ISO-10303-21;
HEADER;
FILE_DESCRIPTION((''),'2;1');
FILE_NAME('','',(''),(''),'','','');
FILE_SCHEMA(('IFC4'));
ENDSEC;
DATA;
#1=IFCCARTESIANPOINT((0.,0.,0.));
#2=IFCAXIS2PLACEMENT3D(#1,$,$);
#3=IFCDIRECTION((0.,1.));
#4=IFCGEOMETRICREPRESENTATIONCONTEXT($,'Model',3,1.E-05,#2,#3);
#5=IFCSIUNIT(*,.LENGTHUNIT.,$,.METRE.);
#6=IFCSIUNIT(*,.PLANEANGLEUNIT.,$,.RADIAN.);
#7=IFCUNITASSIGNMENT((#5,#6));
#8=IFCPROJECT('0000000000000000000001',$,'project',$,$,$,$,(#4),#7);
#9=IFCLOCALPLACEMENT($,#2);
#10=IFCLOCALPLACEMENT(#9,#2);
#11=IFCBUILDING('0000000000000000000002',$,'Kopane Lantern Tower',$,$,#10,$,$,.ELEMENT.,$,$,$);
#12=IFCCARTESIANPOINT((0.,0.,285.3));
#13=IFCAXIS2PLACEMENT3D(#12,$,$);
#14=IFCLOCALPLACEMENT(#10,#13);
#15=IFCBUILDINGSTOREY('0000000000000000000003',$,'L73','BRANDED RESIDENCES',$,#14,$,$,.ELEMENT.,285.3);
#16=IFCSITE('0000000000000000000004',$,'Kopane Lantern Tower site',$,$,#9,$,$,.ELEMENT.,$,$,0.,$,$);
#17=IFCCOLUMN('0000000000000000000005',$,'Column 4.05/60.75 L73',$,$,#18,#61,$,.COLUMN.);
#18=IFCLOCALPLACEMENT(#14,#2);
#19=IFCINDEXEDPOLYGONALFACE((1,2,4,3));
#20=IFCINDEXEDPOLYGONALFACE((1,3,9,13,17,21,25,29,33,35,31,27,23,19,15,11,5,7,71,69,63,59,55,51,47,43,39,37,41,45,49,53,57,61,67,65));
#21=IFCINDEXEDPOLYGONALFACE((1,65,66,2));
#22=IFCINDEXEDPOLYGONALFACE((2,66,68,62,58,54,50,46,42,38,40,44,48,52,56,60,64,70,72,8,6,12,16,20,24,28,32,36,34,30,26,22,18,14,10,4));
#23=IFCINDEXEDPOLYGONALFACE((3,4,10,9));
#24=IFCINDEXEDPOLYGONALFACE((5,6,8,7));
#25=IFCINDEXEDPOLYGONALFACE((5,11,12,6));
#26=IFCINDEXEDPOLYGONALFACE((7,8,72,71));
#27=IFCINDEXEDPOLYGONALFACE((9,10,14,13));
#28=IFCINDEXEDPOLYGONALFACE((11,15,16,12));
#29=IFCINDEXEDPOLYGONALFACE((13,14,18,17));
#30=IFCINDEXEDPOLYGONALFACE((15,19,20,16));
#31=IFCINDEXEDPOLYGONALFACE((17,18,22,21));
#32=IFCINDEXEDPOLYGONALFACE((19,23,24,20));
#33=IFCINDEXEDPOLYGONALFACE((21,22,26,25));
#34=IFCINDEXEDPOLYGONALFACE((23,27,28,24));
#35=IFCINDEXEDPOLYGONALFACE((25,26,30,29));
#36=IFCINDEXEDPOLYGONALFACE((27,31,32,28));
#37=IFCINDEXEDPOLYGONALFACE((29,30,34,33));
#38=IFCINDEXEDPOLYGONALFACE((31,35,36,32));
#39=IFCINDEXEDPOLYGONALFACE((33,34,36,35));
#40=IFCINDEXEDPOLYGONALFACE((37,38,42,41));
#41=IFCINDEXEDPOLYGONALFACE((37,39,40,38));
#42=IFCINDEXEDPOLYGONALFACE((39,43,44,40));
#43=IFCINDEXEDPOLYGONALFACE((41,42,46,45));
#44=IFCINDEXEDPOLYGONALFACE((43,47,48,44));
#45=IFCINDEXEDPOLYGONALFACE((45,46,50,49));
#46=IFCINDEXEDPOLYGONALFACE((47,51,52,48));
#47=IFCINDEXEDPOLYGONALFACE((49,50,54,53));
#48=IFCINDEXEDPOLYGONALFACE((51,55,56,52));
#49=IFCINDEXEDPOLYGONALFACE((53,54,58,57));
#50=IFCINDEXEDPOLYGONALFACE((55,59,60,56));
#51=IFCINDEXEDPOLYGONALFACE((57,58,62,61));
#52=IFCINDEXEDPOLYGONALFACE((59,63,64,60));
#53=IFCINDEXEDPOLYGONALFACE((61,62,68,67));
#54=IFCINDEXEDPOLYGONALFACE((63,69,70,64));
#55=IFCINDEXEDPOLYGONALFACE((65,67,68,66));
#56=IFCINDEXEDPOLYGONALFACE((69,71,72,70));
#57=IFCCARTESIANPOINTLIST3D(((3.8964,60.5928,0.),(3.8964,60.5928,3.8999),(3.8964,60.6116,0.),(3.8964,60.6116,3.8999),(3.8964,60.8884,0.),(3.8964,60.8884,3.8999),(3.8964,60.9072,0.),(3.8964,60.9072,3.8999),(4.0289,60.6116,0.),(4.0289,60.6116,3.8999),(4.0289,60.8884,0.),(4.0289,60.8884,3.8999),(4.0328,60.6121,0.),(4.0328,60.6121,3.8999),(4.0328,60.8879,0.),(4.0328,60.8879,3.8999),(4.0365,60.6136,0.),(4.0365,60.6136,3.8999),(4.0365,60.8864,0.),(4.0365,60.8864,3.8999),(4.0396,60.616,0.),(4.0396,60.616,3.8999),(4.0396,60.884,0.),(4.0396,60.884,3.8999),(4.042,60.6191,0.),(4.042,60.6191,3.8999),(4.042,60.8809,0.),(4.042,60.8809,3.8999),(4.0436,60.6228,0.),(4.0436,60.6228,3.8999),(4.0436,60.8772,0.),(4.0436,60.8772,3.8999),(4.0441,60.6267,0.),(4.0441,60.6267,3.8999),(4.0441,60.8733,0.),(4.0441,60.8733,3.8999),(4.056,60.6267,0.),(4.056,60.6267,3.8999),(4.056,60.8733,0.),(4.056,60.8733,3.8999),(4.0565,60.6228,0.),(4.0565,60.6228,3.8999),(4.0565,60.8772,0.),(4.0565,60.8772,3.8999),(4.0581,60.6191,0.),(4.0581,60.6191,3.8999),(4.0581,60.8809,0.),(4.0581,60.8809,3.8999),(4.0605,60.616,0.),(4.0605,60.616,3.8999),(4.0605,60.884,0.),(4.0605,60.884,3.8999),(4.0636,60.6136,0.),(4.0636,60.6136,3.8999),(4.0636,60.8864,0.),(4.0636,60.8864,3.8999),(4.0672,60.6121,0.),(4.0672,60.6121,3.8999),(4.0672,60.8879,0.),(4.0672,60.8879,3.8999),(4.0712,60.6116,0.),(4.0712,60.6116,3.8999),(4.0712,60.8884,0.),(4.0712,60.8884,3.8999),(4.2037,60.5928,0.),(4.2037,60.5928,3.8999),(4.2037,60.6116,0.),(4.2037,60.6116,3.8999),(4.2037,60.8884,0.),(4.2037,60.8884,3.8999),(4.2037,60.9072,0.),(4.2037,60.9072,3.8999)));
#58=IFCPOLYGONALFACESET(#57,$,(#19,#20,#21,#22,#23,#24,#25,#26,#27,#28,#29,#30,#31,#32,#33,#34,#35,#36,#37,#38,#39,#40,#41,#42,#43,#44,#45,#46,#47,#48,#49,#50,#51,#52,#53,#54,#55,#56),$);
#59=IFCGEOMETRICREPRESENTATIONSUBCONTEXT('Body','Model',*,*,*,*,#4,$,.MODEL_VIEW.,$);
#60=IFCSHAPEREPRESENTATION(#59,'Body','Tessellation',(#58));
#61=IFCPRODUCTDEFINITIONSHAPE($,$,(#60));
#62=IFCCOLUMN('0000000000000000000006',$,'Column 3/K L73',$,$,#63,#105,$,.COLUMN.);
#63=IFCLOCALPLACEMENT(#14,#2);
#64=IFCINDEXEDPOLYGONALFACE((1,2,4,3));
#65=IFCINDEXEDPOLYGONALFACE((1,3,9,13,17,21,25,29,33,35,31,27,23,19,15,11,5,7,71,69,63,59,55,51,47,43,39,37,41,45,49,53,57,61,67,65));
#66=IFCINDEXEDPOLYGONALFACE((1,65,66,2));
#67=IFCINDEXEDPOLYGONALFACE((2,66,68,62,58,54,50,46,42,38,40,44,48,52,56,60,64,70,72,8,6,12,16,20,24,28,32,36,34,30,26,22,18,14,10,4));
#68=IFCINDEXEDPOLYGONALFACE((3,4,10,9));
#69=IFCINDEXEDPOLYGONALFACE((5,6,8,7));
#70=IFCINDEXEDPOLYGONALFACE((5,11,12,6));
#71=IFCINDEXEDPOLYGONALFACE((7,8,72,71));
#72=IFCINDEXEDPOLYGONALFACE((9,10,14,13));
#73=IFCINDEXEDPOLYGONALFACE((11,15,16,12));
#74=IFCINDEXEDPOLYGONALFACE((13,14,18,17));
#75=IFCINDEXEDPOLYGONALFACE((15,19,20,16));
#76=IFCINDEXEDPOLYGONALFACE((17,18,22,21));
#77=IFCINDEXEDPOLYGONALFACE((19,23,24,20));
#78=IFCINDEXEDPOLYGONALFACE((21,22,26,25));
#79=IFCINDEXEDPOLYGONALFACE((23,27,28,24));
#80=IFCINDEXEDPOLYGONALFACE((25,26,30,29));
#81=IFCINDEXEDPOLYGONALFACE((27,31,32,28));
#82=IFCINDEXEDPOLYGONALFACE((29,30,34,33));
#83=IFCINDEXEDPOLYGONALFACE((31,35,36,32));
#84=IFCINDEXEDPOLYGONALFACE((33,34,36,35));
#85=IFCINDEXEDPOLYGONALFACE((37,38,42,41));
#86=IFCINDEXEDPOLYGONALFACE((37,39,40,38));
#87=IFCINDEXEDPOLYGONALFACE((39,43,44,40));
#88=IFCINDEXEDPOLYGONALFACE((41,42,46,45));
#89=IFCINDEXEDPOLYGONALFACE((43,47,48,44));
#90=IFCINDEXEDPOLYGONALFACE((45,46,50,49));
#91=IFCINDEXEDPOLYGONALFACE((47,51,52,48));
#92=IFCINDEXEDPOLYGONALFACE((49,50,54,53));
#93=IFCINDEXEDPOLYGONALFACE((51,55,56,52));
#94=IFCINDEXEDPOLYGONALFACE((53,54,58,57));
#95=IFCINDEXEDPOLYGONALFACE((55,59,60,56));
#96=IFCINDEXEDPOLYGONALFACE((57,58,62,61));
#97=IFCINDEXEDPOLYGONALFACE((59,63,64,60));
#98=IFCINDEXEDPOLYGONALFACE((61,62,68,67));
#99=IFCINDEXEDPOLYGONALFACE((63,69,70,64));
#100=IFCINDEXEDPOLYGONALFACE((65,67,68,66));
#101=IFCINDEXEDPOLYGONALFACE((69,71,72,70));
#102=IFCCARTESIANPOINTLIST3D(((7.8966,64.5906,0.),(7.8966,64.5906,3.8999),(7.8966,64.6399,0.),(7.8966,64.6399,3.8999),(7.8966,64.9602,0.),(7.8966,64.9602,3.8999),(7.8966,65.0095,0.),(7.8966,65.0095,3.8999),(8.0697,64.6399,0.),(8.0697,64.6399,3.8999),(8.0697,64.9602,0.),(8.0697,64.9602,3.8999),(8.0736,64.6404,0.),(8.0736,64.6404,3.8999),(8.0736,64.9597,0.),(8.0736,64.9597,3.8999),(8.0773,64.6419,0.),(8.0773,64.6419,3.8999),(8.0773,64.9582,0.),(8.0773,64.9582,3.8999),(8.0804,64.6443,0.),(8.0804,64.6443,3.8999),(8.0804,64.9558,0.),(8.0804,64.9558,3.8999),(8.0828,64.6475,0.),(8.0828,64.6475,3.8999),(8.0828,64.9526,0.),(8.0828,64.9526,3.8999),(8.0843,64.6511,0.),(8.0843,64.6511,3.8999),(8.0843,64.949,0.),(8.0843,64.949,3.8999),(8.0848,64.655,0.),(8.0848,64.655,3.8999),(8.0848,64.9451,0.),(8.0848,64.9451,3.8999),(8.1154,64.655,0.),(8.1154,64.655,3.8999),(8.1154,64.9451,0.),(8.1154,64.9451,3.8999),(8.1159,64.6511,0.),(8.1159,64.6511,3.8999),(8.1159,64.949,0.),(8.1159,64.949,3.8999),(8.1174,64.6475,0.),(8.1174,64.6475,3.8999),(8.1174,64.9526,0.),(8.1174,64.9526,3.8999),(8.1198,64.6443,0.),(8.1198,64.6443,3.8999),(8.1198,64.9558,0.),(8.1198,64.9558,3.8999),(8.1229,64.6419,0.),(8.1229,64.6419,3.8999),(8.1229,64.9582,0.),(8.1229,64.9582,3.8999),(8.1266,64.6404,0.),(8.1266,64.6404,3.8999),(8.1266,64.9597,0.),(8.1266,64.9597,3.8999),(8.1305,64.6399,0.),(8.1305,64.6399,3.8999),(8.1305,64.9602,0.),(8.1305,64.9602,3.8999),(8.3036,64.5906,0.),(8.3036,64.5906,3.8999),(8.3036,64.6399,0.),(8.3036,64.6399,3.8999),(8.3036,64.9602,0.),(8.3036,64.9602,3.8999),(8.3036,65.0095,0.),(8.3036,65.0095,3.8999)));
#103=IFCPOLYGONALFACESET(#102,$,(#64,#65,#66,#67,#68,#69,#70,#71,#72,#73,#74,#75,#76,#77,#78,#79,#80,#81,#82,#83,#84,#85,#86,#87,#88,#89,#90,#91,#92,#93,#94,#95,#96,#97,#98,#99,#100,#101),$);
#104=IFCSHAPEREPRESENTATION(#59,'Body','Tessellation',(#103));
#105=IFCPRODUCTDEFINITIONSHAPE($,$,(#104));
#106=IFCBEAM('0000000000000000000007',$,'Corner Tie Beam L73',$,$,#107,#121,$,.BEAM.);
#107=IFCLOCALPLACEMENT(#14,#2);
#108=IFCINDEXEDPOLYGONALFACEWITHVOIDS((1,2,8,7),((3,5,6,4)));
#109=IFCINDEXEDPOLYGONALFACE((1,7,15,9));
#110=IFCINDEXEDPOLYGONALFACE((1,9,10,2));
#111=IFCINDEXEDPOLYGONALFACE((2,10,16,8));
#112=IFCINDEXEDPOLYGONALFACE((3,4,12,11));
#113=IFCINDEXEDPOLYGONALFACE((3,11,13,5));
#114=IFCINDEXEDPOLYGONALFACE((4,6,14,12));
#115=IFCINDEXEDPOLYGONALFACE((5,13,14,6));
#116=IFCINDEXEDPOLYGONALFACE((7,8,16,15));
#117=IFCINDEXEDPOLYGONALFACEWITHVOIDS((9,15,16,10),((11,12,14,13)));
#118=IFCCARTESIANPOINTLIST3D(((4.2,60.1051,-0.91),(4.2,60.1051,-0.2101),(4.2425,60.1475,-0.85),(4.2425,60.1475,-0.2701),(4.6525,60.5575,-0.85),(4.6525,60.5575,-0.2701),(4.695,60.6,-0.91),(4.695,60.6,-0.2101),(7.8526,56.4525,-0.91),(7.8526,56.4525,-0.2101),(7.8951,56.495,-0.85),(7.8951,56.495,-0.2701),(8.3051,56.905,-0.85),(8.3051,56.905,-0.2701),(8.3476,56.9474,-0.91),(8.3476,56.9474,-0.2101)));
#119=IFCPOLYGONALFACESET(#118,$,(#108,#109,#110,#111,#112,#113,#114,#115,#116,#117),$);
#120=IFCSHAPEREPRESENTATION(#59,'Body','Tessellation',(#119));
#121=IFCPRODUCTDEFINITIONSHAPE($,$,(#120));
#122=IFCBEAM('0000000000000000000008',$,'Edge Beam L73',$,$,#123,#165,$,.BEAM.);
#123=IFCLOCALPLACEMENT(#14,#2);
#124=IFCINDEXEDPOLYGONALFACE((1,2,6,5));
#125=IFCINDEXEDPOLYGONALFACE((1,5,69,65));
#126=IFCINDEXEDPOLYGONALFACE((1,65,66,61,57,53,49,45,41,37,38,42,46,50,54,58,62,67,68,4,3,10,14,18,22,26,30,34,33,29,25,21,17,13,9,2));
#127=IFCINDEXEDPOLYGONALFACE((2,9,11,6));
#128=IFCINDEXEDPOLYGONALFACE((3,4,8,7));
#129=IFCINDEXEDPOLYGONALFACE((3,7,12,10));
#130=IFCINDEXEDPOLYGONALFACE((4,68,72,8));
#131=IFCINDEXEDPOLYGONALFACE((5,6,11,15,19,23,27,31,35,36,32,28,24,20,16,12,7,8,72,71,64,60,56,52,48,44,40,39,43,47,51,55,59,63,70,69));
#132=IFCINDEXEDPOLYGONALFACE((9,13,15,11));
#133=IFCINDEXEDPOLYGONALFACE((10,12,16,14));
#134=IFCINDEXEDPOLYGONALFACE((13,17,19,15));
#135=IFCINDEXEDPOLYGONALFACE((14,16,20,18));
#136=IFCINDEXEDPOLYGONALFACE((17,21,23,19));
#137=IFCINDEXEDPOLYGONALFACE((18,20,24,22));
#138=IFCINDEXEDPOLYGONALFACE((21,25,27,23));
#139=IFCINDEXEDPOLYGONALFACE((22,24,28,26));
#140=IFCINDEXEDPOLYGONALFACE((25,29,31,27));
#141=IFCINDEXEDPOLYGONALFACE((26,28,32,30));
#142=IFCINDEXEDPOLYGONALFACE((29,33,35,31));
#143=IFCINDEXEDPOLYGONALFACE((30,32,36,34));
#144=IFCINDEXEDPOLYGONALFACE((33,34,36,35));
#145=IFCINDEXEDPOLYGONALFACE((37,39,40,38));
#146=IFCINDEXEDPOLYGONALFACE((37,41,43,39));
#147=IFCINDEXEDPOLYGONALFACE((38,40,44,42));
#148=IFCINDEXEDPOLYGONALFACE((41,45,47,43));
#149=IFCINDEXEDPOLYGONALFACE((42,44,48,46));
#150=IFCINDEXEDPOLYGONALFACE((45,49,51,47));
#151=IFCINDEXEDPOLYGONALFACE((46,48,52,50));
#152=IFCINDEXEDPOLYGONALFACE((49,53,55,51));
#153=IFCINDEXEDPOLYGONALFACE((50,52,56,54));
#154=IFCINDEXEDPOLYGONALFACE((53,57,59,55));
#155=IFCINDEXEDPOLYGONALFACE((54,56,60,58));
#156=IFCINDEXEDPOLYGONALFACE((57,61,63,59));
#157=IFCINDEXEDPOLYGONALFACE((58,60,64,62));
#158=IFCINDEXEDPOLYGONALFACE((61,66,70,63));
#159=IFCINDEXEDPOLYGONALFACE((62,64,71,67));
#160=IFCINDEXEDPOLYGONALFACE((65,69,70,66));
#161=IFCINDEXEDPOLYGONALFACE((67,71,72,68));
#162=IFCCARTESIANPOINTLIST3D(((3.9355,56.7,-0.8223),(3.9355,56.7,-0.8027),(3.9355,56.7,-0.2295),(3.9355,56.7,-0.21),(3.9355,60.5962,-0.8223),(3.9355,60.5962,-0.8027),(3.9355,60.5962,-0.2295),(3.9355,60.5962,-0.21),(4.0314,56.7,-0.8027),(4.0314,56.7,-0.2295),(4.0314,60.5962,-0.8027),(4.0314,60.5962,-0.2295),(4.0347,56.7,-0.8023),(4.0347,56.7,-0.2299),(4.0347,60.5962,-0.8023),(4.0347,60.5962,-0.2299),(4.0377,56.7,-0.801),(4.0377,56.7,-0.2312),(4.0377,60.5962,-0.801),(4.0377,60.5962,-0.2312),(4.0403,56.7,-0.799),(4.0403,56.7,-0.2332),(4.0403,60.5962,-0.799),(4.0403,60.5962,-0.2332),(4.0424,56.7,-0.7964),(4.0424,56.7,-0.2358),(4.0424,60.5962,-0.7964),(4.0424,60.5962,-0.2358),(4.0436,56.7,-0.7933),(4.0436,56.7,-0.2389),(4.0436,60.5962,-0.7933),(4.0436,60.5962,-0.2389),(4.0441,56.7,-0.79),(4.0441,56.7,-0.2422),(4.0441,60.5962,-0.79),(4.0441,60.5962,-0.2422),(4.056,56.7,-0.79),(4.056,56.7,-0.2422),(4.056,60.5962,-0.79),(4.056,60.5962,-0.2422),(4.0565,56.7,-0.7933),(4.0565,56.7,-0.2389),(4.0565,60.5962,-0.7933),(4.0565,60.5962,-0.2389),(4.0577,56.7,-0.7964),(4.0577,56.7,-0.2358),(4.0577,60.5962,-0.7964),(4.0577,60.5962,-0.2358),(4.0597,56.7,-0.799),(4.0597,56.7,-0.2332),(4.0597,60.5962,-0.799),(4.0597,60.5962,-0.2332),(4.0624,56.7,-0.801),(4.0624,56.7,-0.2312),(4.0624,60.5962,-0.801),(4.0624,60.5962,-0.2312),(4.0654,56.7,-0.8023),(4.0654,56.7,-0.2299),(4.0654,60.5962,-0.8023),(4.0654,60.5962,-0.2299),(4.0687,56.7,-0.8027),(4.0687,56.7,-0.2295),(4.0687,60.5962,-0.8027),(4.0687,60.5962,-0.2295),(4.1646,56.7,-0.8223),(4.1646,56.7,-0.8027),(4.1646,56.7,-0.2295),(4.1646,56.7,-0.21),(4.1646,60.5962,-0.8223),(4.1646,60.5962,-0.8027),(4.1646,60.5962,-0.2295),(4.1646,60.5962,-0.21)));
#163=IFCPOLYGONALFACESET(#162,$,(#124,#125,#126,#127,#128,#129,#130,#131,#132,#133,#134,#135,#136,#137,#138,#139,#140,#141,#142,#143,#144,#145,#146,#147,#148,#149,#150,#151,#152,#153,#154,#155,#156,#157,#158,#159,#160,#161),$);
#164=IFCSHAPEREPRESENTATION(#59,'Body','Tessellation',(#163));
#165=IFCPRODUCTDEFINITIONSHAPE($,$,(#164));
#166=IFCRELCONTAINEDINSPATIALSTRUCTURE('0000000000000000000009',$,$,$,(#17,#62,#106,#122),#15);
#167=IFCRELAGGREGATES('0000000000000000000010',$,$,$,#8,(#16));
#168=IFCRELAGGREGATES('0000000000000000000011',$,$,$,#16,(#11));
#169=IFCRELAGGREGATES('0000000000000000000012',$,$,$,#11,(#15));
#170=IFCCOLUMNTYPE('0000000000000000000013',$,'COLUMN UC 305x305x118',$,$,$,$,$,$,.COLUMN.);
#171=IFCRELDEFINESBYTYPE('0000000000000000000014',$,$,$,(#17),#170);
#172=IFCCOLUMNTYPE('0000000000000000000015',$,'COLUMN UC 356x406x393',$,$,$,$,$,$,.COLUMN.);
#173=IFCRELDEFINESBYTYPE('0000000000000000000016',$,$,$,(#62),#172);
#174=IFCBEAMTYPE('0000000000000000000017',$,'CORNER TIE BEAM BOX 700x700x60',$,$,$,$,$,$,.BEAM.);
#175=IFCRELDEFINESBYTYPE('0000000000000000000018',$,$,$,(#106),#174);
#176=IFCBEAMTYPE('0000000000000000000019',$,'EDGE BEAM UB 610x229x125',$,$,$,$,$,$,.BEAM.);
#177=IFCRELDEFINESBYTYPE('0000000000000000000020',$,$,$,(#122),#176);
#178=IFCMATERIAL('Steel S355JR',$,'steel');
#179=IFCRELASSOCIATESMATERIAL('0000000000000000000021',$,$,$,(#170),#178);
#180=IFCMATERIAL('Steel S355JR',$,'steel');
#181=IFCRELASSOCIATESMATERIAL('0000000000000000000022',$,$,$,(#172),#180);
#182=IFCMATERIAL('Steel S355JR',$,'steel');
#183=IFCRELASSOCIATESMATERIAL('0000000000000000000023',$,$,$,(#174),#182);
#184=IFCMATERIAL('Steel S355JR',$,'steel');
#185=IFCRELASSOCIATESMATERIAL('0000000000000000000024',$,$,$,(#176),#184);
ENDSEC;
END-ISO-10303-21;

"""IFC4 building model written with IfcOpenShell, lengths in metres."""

from ifc_helpers import new_model, si_unit, direction, frame, origin, origin_2d, place, context, subcontext, project, spatial, hollow_rectangle, i_section, extrude, material, material_profile, profile_set, type_object, element, save


model = new_model("IFC4")

# Units and contexts
model_context = context("Model", 3, precision=1e-05, world=origin(), true_north=direction((0.0, 1.0)))
body_context = subcontext(model_context, "Body", "Model", "MODEL_VIEW")
ifc_project = project(units=[si_unit("LENGTHUNIT", "METRE"), si_unit("PLANEANGLEUNIT", "RADIAN")], contexts=[model_context])

# Site, building, storey
site_placement = place(None, origin())
site = spatial("IfcSite", under=ifc_project, at=site_placement, Name="Kopane Lantern Tower site", CompositionType="ELEMENT", RefElevation=0.0)
building_placement = place(site_placement, origin())
building = spatial("IfcBuilding", under=site, at=building_placement, Name="Kopane Lantern Tower", CompositionType="ELEMENT")
storey_placement = place(building_placement, frame((0.0, 0.0, 285.3)))
storey = spatial("IfcBuildingStorey", under=building, at=storey_placement, Name="L73", Description="BRANDED RESIDENCES", CompositionType="ELEMENT", Elevation=285.3)

# Columns
ifc_material_1 = material(Name="Steel S355JR", Category="steel")
ifc_material_profile_1 = material_profile(ifc_material_1, i_section(OverallWidth=0.3074, OverallDepth=0.3145, WebThickness=0.012, FlangeThickness=0.0188, FilletRadius=0.0151, at=origin_2d()), Name="UC 305x305x118")
ifc_profile_set_1 = profile_set([ifc_material_profile_1], Name="Steel S355JR")
column_type_1 = type_object("IfcColumnType", Name="COLUMN UC 305x305x118", PredefinedType="COLUMN", material=ifc_profile_set_1)
column_1_placement = place(storey_placement, frame((4.05, 60.75, 0.0), z_axis=(0.0, 0.0, 1.0), x_axis=(1.0, 0.0, 0.0)))
element("IfcColumn", 1, at=column_1_placement, inside=storey, type_object=column_type_1, Name="Column 4.05/60.75 L73", PredefinedType="COLUMN", context=body_context, shape_type="SweptSolid", body=[
    extrude(i_section(OverallWidth=0.3074, OverallDepth=0.3145, WebThickness=0.012, FlangeThickness=0.0188, FilletRadius=0.0151, at=origin_2d()), origin(), (0.0, 0.0, 1.0), 3.8999),
])
ifc_material_2 = material(Name="Steel S355JR", Category="steel")
ifc_material_profile_2 = material_profile(ifc_material_2, i_section(OverallWidth=0.407, OverallDepth=0.4189, WebThickness=0.0305, FlangeThickness=0.0493, FilletRadius=0.0151, at=origin_2d()), Name="UC 356x406x393")
ifc_profile_set_2 = profile_set([ifc_material_profile_2], Name="Steel S355JR")
column_type_2 = type_object("IfcColumnType", Name="COLUMN UC 356x406x393", PredefinedType="COLUMN", material=ifc_profile_set_2)
column_2_placement = place(storey_placement, frame((8.1001, 64.8, 0.0), z_axis=(0.0, 0.0, 1.0), x_axis=(1.0, 0.0, 0.0)))
element("IfcColumn", 2, at=column_2_placement, inside=storey, type_object=column_type_2, Name="Column 3/K L73", PredefinedType="COLUMN", context=body_context, shape_type="SweptSolid", body=[
    extrude(i_section(OverallWidth=0.407, OverallDepth=0.4189, WebThickness=0.0305, FlangeThickness=0.0493, FilletRadius=0.0151, at=origin_2d()), origin(), (0.0, 0.0, 1.0), 3.8999),
])

# Beams
ifc_material_3 = material(Name="Steel S355JR", Category="steel")
ifc_material_profile_3 = material_profile(ifc_material_3, hollow_rectangle(XDim=0.7, YDim=0.7, WallThickness=0.0601, at=origin_2d()), Name="BOX 700x700x60")
ifc_profile_set_3 = profile_set([ifc_material_profile_3], Name="Steel S355JR")
beam_type_1 = type_object("IfcBeamType", Name="CORNER TIE BEAM BOX 700x700x60", PredefinedType="BEAM", material=ifc_profile_set_3)
beam_1_placement = place(storey_placement, frame((4.4475, 60.3525, -0.5601), z_axis=(0.707107, -0.707107, 0.0), x_axis=(0.707107, 0.707107, 0.0)))
element("IfcBeam", 3, at=beam_1_placement, inside=storey, type_object=beam_type_1, Name="Corner Tie Beam L73", PredefinedType="BEAM", context=body_context, shape_type="SweptSolid", body=[
    extrude(hollow_rectangle(XDim=0.7, YDim=0.7, WallThickness=0.0601, at=origin_2d()), origin(), (0.0, 0.0, 1.0), 5.1655),
])
ifc_material_4 = material(Name="Steel S355JR", Category="steel")
ifc_material_profile_4 = material_profile(ifc_material_4, i_section(OverallWidth=0.229, OverallDepth=0.6123, WebThickness=0.012, FlangeThickness=0.0195, FilletRadius=0.0127, at=origin_2d()), Name="UB 610x229x125")
ifc_profile_set_4 = profile_set([ifc_material_profile_4], Name="Steel S355JR")
beam_type_2 = type_object("IfcBeamType", Name="EDGE BEAM UB 610x229x125", PredefinedType="BEAM", material=ifc_profile_set_4)
beam_2_placement = place(storey_placement, frame((4.05, 60.5962, -0.5161), z_axis=(0.0, -1.0, 0.0), x_axis=(1.0, 0.0, 0.0)))
element("IfcBeam", 4, at=beam_2_placement, inside=storey, type_object=beam_type_2, Name="Edge Beam L73", PredefinedType="BEAM", context=body_context, shape_type="SweptSolid", body=[
    extrude(i_section(OverallWidth=0.229, OverallDepth=0.6123, WebThickness=0.012, FlangeThickness=0.0195, FilletRadius=0.0127, at=origin_2d()), origin(), (0.0, 0.0, 1.0), 3.8962),
])

save(model, "model.ifc")
